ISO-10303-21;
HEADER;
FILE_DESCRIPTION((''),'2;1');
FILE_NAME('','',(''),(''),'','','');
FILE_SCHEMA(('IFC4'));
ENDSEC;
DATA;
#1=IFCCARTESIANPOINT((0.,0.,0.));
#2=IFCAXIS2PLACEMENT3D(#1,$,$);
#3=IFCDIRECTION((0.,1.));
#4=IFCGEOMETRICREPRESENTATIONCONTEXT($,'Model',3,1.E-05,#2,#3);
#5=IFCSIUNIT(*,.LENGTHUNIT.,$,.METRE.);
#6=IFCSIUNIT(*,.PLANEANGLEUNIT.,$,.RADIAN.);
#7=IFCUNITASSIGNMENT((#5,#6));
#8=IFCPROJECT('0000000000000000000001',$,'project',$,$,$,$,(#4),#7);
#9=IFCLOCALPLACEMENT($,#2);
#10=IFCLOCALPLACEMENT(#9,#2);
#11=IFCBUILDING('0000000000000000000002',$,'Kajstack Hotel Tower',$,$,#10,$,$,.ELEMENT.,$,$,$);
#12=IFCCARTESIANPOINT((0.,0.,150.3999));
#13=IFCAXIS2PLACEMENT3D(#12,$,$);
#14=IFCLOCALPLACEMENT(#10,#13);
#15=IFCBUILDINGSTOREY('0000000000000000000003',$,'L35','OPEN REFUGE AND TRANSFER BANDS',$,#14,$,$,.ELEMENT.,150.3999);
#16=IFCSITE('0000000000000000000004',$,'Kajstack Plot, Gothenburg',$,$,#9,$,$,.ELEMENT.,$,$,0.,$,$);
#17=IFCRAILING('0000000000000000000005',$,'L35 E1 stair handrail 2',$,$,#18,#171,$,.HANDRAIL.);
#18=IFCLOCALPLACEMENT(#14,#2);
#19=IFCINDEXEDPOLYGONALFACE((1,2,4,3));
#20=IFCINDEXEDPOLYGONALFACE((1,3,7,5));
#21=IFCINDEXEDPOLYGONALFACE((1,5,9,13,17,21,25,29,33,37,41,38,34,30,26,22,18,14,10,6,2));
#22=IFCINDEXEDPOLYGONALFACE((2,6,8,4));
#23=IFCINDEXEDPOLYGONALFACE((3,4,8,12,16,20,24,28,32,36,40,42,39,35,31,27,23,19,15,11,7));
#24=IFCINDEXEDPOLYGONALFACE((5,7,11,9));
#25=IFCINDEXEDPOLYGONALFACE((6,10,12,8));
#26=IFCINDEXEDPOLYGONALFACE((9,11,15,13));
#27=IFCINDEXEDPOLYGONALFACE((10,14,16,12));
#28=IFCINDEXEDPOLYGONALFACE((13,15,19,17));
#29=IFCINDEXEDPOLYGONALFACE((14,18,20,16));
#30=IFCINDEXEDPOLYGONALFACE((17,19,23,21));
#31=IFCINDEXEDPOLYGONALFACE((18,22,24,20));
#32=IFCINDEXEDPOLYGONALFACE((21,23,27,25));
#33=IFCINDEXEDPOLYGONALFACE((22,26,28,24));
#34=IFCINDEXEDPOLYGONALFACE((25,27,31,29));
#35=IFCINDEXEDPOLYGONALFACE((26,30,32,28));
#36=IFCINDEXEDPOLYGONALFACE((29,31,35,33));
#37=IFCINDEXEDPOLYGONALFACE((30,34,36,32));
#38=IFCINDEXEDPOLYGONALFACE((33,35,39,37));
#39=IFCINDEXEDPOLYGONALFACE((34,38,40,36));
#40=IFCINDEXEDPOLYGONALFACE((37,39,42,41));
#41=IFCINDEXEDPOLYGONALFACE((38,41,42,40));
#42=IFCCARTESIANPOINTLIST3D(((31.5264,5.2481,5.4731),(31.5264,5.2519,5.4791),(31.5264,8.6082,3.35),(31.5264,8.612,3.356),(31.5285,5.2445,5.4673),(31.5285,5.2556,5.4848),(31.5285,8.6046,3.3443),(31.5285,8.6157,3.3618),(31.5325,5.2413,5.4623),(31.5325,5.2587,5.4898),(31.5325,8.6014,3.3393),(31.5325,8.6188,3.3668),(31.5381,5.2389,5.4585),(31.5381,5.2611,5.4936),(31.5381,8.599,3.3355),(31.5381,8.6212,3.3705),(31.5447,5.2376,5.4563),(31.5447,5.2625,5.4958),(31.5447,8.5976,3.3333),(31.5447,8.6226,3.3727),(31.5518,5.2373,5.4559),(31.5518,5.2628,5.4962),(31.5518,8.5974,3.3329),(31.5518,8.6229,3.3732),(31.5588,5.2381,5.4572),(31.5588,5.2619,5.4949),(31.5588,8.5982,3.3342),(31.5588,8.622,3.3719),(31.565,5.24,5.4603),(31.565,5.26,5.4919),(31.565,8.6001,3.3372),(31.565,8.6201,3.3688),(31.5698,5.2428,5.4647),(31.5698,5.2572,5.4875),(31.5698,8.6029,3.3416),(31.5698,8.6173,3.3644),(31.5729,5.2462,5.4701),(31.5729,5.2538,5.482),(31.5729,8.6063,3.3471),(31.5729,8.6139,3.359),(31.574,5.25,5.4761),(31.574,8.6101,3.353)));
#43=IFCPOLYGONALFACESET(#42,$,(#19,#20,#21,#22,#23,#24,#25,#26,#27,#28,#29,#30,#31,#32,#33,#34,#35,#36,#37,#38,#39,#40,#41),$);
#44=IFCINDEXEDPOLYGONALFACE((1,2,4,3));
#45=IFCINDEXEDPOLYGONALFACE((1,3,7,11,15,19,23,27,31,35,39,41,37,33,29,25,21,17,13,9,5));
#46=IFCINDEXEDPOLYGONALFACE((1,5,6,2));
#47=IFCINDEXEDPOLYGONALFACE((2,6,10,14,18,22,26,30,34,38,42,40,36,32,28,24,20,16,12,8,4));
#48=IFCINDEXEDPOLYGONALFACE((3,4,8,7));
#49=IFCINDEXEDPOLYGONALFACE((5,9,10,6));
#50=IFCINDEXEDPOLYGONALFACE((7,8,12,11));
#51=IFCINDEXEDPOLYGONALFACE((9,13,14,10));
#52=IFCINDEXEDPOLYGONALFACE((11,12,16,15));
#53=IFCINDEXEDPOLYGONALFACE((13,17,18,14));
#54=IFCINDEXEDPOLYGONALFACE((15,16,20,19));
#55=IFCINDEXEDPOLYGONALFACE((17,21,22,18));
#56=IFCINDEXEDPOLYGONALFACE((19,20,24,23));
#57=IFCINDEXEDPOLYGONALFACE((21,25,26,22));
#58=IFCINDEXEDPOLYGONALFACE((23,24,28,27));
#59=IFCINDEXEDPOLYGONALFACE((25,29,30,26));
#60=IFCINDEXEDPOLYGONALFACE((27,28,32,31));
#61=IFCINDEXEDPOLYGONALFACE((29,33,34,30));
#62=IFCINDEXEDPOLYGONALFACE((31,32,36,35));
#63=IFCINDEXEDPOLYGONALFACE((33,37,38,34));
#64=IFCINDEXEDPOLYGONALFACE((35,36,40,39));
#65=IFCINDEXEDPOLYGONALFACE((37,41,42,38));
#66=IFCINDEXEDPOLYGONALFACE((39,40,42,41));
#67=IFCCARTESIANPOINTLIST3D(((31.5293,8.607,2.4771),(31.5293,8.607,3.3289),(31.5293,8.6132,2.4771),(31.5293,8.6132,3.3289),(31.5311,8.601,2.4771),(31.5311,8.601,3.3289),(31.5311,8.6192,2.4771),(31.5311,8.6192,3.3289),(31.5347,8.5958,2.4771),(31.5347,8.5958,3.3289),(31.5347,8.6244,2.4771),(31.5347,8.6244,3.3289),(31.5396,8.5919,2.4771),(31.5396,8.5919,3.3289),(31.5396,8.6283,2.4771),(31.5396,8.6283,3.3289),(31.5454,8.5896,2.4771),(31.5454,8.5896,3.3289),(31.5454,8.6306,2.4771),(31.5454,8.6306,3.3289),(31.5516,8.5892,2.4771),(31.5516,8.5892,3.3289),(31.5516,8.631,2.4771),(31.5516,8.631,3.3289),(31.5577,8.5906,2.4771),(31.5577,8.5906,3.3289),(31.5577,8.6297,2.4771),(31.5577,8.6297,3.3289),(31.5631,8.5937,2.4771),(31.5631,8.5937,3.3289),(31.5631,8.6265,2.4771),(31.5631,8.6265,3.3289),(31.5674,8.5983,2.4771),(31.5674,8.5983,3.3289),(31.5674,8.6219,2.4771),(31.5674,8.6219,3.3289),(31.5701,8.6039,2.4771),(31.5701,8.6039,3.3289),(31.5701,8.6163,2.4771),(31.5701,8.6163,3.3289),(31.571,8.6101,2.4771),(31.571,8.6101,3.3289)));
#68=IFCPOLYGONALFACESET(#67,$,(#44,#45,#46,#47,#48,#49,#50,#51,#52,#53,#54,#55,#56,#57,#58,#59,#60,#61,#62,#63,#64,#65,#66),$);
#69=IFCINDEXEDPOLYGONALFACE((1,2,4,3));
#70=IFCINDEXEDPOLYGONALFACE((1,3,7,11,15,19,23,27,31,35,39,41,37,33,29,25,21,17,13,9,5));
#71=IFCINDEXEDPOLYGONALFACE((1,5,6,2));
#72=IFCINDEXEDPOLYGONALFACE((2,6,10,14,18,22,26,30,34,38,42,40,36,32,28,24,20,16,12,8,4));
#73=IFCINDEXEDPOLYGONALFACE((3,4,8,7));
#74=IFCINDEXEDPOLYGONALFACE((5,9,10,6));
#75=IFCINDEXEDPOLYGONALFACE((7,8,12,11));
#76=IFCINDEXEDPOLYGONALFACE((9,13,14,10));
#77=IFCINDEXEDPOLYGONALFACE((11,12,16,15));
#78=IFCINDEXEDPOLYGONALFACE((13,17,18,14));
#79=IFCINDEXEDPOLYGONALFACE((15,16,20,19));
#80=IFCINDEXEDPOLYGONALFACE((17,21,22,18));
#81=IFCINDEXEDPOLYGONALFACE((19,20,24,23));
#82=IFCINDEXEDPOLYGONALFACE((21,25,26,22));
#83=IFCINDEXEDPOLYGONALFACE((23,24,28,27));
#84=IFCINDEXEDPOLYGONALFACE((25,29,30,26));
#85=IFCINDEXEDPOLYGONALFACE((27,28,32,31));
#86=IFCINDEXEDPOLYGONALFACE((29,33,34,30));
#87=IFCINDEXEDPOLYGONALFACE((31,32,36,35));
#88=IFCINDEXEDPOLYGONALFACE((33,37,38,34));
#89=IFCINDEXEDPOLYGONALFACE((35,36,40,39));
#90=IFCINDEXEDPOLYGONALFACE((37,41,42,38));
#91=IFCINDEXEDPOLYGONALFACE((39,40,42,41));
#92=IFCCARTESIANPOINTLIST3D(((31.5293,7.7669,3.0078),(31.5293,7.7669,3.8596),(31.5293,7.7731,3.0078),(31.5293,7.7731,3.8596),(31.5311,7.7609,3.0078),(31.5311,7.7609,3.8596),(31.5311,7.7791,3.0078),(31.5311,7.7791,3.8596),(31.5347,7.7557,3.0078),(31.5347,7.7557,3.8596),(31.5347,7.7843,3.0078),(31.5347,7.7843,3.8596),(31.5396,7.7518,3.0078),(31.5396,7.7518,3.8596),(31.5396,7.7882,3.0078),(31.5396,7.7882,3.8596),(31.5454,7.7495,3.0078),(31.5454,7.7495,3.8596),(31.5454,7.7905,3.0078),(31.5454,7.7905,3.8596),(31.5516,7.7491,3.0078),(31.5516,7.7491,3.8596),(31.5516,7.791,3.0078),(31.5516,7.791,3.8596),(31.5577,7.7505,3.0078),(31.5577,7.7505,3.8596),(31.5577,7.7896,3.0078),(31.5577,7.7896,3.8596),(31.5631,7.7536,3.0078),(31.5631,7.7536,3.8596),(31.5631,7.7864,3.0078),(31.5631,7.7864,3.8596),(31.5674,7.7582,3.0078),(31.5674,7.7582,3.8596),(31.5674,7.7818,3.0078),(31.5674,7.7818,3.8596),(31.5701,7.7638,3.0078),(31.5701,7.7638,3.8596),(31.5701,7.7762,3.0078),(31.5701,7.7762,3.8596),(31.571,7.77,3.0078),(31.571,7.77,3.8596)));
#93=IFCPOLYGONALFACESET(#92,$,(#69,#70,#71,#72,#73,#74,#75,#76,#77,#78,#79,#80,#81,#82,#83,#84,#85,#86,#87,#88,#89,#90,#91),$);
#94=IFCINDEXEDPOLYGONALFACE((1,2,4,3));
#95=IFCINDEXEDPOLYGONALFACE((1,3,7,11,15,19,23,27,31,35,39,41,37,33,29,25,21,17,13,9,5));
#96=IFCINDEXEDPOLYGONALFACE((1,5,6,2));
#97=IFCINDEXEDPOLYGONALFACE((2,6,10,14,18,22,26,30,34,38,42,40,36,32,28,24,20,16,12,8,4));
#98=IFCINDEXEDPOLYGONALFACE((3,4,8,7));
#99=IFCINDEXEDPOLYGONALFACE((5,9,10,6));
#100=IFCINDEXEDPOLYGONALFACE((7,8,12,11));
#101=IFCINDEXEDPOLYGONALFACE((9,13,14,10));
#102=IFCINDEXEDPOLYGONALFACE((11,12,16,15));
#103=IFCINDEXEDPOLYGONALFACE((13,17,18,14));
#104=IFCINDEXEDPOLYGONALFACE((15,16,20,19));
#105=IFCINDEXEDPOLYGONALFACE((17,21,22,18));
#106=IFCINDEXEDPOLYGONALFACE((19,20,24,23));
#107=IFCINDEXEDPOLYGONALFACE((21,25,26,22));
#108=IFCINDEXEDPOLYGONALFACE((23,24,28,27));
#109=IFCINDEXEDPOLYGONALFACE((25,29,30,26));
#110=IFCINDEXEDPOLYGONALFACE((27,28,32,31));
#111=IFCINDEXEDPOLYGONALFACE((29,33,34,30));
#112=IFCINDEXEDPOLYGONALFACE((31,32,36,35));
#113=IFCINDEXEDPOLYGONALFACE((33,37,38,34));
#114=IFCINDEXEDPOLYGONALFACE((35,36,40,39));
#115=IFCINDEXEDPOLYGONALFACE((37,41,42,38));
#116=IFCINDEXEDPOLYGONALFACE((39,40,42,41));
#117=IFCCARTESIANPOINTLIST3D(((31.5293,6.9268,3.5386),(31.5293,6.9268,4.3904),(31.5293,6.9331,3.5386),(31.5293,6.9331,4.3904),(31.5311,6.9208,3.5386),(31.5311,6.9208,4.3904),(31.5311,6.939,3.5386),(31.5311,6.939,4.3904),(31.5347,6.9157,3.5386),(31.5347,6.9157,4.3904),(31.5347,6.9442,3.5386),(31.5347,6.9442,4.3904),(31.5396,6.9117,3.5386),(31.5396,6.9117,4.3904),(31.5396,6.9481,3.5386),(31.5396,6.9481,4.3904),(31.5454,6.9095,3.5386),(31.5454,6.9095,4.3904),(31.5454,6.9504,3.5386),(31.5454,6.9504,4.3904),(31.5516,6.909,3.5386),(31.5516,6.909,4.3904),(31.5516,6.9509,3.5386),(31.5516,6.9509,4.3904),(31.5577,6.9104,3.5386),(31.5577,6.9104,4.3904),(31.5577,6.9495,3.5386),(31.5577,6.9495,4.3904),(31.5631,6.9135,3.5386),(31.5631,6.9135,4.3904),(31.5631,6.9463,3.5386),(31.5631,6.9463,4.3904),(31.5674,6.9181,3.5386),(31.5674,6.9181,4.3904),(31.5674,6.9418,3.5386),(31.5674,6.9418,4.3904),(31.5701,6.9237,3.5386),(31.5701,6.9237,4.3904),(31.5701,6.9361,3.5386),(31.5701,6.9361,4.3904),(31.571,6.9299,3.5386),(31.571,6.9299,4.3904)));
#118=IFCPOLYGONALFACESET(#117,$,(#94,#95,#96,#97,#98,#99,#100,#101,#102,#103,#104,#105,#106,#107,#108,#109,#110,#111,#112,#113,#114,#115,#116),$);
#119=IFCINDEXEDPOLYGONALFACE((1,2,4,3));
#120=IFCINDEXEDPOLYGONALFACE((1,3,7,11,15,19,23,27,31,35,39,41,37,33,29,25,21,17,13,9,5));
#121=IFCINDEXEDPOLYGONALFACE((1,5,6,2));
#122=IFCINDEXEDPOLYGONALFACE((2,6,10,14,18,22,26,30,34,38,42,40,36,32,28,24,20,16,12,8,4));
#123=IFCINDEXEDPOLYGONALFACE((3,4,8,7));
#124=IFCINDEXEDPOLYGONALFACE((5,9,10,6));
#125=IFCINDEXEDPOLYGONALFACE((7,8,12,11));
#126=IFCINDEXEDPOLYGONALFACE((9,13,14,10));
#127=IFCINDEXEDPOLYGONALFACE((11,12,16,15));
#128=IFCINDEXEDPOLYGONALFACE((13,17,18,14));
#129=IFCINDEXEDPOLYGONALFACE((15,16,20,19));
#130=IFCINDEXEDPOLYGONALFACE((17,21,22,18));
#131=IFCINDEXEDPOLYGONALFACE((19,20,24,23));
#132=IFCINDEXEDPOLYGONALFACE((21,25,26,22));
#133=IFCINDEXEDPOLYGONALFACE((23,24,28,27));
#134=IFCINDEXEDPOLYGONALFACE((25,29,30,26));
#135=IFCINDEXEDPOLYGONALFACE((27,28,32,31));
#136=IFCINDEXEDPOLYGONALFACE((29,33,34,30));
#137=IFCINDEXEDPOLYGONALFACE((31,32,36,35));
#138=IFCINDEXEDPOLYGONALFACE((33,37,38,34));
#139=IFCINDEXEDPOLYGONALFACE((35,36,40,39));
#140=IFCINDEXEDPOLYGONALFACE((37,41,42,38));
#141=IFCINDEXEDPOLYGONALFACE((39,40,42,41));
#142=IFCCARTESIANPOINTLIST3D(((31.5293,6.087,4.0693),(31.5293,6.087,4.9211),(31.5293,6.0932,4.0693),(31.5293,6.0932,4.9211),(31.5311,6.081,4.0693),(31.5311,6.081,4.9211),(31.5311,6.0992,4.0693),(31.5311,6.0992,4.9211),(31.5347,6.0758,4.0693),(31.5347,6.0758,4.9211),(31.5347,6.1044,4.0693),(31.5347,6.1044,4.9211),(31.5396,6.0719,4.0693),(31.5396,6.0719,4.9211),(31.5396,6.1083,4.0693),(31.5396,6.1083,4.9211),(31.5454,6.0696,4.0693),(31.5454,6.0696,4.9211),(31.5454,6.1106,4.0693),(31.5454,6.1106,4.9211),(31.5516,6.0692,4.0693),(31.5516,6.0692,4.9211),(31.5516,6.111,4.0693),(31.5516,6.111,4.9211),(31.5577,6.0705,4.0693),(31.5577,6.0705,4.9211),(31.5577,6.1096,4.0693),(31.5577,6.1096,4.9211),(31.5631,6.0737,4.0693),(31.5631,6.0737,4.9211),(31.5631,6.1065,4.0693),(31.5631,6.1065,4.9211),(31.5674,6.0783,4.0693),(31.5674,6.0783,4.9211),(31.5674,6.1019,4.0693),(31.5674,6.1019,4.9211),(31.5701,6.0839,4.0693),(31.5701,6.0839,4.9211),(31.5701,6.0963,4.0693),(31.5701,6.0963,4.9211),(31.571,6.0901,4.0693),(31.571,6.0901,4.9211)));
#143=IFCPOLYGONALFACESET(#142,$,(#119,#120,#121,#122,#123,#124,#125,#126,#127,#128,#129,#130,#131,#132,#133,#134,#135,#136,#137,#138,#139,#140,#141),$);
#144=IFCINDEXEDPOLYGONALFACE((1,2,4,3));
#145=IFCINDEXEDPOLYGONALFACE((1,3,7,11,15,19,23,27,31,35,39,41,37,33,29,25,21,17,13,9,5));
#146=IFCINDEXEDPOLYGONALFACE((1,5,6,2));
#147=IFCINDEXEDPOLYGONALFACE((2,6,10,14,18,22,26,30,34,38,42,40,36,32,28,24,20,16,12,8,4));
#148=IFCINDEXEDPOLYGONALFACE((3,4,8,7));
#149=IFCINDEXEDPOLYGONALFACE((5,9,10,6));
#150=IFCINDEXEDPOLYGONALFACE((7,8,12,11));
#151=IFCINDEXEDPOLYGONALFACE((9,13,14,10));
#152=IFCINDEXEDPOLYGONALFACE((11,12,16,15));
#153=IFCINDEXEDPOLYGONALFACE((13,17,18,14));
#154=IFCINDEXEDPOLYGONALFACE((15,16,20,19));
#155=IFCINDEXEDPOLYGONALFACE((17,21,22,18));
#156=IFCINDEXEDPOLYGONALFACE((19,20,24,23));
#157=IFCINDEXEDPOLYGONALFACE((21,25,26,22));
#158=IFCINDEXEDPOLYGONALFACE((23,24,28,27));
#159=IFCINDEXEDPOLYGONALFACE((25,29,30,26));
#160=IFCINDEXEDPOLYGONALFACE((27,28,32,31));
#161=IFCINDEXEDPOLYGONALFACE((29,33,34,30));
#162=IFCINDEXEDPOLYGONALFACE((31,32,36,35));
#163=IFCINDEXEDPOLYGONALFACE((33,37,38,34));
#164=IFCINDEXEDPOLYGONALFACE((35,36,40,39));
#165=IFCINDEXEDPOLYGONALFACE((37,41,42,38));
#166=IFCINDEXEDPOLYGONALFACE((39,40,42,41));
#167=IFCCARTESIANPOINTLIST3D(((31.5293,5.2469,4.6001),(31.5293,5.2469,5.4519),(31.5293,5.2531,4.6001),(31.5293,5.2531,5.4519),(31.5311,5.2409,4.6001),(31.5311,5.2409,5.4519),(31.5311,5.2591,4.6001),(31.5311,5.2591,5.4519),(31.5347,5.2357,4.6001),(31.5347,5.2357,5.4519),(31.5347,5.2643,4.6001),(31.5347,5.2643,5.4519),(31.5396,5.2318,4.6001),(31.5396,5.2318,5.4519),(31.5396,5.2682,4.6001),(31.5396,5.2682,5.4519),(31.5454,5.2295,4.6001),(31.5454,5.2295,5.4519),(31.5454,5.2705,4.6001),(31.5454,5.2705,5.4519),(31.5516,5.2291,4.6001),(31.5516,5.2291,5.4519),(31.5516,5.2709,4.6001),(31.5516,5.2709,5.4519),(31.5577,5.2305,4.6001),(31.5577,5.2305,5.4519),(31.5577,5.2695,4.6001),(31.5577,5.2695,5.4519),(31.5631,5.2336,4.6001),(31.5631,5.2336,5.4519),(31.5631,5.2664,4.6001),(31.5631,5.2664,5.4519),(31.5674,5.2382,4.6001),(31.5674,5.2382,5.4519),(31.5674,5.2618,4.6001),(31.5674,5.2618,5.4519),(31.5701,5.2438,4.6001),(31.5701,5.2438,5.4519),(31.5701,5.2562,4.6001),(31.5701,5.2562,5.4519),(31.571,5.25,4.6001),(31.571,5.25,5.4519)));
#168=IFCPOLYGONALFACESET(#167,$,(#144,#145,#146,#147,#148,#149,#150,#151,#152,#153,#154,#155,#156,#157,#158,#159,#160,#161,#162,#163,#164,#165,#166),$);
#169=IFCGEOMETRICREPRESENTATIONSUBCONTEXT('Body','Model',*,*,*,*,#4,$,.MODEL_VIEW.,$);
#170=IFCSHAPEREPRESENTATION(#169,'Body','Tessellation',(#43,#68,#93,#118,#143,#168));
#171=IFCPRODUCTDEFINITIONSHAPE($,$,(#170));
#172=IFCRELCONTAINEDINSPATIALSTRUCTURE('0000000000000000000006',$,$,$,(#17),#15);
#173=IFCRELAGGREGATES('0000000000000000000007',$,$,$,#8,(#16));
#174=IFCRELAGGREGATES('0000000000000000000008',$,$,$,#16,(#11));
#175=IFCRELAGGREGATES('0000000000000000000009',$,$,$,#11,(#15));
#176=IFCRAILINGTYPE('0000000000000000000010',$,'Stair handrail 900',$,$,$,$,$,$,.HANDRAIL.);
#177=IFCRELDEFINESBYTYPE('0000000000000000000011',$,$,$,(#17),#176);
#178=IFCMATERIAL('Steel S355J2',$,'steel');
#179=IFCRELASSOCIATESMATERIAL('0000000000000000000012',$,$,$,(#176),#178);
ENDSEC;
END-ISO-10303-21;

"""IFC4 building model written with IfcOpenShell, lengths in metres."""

from ifc_helpers import new_model, si_unit, direction, frame, origin, origin_2d, place, context, subcontext, project, spatial, circle, extrude, material, type_object, element, save


model = new_model("IFC4")

# Units and contexts
model_context = context("Model", 3, precision=1e-05, world=origin(), true_north=direction((0.0, 1.0)))
body_context = subcontext(model_context, "Body", "Model", "MODEL_VIEW")
ifc_project = project(units=[si_unit("LENGTHUNIT", "METRE"), si_unit("PLANEANGLEUNIT", "RADIAN")], contexts=[model_context])

# Site, building, storey
site_placement = place(None, origin())
site = spatial("IfcSite", under=ifc_project, at=site_placement, Name="Kajstack Plot, Gothenburg", CompositionType="ELEMENT", RefElevation=0.0)
building_placement = place(site_placement, origin())
building = spatial("IfcBuilding", under=site, at=building_placement, Name="Kajstack Hotel Tower", CompositionType="ELEMENT")
storey_placement = place(building_placement, frame((0.0, 0.0, 150.3999)))
storey = spatial("IfcBuildingStorey", under=building, at=storey_placement, Name="L35", Description="OPEN REFUGE AND TRANSFER BANDS", CompositionType="ELEMENT", Elevation=150.3999)

# Railing
ifc_material_1 = material(Name="Steel S355J2", Category="steel")
railing_type_1 = type_object("IfcRailingType", Name="Stair handrail 900", PredefinedType="HANDRAIL", material=ifc_material_1)
railing_1_placement = place(storey_placement, frame((31.55, 8.6101, 2.4771)))
element("IfcRailing", 1, at=railing_1_placement, inside=storey, type_object=railing_type_1, Name="L35 E1 stair handrail 2", PredefinedType="HANDRAIL", context=body_context, shape_type="SweptSolid", body=[
    extrude(circle(Radius=0.0239, at=origin_2d()), frame((0.0, 0.0, 0.876), z_axis=(0.0, -0.84539, 0.53415), x_axis=(1.0, 0.0, 0.0)), (0.0, 0.0, 1.0), 3.9746),
    extrude(circle(Radius=0.021, at=origin_2d()), origin(), (0.0, 0.0, 1.0), 0.8518),
    extrude(circle(Radius=0.021, at=origin_2d()), frame((0.0, -0.8401, 0.5308)), (0.0, 0.0, 1.0), 0.8518),
    extrude(circle(Radius=0.021, at=origin_2d()), frame((0.0, -1.6802, 1.0615)), (0.0, 0.0, 1.0), 0.8518),
    extrude(circle(Radius=0.021, at=origin_2d()), frame((0.0, -2.52, 1.5923)), (0.0, 0.0, 1.0), 0.8518),
    extrude(circle(Radius=0.021, at=origin_2d()), frame((0.0, -3.3601, 2.123)), (0.0, 0.0, 1.0), 0.8518),
])

save(model, "model.ifc")
